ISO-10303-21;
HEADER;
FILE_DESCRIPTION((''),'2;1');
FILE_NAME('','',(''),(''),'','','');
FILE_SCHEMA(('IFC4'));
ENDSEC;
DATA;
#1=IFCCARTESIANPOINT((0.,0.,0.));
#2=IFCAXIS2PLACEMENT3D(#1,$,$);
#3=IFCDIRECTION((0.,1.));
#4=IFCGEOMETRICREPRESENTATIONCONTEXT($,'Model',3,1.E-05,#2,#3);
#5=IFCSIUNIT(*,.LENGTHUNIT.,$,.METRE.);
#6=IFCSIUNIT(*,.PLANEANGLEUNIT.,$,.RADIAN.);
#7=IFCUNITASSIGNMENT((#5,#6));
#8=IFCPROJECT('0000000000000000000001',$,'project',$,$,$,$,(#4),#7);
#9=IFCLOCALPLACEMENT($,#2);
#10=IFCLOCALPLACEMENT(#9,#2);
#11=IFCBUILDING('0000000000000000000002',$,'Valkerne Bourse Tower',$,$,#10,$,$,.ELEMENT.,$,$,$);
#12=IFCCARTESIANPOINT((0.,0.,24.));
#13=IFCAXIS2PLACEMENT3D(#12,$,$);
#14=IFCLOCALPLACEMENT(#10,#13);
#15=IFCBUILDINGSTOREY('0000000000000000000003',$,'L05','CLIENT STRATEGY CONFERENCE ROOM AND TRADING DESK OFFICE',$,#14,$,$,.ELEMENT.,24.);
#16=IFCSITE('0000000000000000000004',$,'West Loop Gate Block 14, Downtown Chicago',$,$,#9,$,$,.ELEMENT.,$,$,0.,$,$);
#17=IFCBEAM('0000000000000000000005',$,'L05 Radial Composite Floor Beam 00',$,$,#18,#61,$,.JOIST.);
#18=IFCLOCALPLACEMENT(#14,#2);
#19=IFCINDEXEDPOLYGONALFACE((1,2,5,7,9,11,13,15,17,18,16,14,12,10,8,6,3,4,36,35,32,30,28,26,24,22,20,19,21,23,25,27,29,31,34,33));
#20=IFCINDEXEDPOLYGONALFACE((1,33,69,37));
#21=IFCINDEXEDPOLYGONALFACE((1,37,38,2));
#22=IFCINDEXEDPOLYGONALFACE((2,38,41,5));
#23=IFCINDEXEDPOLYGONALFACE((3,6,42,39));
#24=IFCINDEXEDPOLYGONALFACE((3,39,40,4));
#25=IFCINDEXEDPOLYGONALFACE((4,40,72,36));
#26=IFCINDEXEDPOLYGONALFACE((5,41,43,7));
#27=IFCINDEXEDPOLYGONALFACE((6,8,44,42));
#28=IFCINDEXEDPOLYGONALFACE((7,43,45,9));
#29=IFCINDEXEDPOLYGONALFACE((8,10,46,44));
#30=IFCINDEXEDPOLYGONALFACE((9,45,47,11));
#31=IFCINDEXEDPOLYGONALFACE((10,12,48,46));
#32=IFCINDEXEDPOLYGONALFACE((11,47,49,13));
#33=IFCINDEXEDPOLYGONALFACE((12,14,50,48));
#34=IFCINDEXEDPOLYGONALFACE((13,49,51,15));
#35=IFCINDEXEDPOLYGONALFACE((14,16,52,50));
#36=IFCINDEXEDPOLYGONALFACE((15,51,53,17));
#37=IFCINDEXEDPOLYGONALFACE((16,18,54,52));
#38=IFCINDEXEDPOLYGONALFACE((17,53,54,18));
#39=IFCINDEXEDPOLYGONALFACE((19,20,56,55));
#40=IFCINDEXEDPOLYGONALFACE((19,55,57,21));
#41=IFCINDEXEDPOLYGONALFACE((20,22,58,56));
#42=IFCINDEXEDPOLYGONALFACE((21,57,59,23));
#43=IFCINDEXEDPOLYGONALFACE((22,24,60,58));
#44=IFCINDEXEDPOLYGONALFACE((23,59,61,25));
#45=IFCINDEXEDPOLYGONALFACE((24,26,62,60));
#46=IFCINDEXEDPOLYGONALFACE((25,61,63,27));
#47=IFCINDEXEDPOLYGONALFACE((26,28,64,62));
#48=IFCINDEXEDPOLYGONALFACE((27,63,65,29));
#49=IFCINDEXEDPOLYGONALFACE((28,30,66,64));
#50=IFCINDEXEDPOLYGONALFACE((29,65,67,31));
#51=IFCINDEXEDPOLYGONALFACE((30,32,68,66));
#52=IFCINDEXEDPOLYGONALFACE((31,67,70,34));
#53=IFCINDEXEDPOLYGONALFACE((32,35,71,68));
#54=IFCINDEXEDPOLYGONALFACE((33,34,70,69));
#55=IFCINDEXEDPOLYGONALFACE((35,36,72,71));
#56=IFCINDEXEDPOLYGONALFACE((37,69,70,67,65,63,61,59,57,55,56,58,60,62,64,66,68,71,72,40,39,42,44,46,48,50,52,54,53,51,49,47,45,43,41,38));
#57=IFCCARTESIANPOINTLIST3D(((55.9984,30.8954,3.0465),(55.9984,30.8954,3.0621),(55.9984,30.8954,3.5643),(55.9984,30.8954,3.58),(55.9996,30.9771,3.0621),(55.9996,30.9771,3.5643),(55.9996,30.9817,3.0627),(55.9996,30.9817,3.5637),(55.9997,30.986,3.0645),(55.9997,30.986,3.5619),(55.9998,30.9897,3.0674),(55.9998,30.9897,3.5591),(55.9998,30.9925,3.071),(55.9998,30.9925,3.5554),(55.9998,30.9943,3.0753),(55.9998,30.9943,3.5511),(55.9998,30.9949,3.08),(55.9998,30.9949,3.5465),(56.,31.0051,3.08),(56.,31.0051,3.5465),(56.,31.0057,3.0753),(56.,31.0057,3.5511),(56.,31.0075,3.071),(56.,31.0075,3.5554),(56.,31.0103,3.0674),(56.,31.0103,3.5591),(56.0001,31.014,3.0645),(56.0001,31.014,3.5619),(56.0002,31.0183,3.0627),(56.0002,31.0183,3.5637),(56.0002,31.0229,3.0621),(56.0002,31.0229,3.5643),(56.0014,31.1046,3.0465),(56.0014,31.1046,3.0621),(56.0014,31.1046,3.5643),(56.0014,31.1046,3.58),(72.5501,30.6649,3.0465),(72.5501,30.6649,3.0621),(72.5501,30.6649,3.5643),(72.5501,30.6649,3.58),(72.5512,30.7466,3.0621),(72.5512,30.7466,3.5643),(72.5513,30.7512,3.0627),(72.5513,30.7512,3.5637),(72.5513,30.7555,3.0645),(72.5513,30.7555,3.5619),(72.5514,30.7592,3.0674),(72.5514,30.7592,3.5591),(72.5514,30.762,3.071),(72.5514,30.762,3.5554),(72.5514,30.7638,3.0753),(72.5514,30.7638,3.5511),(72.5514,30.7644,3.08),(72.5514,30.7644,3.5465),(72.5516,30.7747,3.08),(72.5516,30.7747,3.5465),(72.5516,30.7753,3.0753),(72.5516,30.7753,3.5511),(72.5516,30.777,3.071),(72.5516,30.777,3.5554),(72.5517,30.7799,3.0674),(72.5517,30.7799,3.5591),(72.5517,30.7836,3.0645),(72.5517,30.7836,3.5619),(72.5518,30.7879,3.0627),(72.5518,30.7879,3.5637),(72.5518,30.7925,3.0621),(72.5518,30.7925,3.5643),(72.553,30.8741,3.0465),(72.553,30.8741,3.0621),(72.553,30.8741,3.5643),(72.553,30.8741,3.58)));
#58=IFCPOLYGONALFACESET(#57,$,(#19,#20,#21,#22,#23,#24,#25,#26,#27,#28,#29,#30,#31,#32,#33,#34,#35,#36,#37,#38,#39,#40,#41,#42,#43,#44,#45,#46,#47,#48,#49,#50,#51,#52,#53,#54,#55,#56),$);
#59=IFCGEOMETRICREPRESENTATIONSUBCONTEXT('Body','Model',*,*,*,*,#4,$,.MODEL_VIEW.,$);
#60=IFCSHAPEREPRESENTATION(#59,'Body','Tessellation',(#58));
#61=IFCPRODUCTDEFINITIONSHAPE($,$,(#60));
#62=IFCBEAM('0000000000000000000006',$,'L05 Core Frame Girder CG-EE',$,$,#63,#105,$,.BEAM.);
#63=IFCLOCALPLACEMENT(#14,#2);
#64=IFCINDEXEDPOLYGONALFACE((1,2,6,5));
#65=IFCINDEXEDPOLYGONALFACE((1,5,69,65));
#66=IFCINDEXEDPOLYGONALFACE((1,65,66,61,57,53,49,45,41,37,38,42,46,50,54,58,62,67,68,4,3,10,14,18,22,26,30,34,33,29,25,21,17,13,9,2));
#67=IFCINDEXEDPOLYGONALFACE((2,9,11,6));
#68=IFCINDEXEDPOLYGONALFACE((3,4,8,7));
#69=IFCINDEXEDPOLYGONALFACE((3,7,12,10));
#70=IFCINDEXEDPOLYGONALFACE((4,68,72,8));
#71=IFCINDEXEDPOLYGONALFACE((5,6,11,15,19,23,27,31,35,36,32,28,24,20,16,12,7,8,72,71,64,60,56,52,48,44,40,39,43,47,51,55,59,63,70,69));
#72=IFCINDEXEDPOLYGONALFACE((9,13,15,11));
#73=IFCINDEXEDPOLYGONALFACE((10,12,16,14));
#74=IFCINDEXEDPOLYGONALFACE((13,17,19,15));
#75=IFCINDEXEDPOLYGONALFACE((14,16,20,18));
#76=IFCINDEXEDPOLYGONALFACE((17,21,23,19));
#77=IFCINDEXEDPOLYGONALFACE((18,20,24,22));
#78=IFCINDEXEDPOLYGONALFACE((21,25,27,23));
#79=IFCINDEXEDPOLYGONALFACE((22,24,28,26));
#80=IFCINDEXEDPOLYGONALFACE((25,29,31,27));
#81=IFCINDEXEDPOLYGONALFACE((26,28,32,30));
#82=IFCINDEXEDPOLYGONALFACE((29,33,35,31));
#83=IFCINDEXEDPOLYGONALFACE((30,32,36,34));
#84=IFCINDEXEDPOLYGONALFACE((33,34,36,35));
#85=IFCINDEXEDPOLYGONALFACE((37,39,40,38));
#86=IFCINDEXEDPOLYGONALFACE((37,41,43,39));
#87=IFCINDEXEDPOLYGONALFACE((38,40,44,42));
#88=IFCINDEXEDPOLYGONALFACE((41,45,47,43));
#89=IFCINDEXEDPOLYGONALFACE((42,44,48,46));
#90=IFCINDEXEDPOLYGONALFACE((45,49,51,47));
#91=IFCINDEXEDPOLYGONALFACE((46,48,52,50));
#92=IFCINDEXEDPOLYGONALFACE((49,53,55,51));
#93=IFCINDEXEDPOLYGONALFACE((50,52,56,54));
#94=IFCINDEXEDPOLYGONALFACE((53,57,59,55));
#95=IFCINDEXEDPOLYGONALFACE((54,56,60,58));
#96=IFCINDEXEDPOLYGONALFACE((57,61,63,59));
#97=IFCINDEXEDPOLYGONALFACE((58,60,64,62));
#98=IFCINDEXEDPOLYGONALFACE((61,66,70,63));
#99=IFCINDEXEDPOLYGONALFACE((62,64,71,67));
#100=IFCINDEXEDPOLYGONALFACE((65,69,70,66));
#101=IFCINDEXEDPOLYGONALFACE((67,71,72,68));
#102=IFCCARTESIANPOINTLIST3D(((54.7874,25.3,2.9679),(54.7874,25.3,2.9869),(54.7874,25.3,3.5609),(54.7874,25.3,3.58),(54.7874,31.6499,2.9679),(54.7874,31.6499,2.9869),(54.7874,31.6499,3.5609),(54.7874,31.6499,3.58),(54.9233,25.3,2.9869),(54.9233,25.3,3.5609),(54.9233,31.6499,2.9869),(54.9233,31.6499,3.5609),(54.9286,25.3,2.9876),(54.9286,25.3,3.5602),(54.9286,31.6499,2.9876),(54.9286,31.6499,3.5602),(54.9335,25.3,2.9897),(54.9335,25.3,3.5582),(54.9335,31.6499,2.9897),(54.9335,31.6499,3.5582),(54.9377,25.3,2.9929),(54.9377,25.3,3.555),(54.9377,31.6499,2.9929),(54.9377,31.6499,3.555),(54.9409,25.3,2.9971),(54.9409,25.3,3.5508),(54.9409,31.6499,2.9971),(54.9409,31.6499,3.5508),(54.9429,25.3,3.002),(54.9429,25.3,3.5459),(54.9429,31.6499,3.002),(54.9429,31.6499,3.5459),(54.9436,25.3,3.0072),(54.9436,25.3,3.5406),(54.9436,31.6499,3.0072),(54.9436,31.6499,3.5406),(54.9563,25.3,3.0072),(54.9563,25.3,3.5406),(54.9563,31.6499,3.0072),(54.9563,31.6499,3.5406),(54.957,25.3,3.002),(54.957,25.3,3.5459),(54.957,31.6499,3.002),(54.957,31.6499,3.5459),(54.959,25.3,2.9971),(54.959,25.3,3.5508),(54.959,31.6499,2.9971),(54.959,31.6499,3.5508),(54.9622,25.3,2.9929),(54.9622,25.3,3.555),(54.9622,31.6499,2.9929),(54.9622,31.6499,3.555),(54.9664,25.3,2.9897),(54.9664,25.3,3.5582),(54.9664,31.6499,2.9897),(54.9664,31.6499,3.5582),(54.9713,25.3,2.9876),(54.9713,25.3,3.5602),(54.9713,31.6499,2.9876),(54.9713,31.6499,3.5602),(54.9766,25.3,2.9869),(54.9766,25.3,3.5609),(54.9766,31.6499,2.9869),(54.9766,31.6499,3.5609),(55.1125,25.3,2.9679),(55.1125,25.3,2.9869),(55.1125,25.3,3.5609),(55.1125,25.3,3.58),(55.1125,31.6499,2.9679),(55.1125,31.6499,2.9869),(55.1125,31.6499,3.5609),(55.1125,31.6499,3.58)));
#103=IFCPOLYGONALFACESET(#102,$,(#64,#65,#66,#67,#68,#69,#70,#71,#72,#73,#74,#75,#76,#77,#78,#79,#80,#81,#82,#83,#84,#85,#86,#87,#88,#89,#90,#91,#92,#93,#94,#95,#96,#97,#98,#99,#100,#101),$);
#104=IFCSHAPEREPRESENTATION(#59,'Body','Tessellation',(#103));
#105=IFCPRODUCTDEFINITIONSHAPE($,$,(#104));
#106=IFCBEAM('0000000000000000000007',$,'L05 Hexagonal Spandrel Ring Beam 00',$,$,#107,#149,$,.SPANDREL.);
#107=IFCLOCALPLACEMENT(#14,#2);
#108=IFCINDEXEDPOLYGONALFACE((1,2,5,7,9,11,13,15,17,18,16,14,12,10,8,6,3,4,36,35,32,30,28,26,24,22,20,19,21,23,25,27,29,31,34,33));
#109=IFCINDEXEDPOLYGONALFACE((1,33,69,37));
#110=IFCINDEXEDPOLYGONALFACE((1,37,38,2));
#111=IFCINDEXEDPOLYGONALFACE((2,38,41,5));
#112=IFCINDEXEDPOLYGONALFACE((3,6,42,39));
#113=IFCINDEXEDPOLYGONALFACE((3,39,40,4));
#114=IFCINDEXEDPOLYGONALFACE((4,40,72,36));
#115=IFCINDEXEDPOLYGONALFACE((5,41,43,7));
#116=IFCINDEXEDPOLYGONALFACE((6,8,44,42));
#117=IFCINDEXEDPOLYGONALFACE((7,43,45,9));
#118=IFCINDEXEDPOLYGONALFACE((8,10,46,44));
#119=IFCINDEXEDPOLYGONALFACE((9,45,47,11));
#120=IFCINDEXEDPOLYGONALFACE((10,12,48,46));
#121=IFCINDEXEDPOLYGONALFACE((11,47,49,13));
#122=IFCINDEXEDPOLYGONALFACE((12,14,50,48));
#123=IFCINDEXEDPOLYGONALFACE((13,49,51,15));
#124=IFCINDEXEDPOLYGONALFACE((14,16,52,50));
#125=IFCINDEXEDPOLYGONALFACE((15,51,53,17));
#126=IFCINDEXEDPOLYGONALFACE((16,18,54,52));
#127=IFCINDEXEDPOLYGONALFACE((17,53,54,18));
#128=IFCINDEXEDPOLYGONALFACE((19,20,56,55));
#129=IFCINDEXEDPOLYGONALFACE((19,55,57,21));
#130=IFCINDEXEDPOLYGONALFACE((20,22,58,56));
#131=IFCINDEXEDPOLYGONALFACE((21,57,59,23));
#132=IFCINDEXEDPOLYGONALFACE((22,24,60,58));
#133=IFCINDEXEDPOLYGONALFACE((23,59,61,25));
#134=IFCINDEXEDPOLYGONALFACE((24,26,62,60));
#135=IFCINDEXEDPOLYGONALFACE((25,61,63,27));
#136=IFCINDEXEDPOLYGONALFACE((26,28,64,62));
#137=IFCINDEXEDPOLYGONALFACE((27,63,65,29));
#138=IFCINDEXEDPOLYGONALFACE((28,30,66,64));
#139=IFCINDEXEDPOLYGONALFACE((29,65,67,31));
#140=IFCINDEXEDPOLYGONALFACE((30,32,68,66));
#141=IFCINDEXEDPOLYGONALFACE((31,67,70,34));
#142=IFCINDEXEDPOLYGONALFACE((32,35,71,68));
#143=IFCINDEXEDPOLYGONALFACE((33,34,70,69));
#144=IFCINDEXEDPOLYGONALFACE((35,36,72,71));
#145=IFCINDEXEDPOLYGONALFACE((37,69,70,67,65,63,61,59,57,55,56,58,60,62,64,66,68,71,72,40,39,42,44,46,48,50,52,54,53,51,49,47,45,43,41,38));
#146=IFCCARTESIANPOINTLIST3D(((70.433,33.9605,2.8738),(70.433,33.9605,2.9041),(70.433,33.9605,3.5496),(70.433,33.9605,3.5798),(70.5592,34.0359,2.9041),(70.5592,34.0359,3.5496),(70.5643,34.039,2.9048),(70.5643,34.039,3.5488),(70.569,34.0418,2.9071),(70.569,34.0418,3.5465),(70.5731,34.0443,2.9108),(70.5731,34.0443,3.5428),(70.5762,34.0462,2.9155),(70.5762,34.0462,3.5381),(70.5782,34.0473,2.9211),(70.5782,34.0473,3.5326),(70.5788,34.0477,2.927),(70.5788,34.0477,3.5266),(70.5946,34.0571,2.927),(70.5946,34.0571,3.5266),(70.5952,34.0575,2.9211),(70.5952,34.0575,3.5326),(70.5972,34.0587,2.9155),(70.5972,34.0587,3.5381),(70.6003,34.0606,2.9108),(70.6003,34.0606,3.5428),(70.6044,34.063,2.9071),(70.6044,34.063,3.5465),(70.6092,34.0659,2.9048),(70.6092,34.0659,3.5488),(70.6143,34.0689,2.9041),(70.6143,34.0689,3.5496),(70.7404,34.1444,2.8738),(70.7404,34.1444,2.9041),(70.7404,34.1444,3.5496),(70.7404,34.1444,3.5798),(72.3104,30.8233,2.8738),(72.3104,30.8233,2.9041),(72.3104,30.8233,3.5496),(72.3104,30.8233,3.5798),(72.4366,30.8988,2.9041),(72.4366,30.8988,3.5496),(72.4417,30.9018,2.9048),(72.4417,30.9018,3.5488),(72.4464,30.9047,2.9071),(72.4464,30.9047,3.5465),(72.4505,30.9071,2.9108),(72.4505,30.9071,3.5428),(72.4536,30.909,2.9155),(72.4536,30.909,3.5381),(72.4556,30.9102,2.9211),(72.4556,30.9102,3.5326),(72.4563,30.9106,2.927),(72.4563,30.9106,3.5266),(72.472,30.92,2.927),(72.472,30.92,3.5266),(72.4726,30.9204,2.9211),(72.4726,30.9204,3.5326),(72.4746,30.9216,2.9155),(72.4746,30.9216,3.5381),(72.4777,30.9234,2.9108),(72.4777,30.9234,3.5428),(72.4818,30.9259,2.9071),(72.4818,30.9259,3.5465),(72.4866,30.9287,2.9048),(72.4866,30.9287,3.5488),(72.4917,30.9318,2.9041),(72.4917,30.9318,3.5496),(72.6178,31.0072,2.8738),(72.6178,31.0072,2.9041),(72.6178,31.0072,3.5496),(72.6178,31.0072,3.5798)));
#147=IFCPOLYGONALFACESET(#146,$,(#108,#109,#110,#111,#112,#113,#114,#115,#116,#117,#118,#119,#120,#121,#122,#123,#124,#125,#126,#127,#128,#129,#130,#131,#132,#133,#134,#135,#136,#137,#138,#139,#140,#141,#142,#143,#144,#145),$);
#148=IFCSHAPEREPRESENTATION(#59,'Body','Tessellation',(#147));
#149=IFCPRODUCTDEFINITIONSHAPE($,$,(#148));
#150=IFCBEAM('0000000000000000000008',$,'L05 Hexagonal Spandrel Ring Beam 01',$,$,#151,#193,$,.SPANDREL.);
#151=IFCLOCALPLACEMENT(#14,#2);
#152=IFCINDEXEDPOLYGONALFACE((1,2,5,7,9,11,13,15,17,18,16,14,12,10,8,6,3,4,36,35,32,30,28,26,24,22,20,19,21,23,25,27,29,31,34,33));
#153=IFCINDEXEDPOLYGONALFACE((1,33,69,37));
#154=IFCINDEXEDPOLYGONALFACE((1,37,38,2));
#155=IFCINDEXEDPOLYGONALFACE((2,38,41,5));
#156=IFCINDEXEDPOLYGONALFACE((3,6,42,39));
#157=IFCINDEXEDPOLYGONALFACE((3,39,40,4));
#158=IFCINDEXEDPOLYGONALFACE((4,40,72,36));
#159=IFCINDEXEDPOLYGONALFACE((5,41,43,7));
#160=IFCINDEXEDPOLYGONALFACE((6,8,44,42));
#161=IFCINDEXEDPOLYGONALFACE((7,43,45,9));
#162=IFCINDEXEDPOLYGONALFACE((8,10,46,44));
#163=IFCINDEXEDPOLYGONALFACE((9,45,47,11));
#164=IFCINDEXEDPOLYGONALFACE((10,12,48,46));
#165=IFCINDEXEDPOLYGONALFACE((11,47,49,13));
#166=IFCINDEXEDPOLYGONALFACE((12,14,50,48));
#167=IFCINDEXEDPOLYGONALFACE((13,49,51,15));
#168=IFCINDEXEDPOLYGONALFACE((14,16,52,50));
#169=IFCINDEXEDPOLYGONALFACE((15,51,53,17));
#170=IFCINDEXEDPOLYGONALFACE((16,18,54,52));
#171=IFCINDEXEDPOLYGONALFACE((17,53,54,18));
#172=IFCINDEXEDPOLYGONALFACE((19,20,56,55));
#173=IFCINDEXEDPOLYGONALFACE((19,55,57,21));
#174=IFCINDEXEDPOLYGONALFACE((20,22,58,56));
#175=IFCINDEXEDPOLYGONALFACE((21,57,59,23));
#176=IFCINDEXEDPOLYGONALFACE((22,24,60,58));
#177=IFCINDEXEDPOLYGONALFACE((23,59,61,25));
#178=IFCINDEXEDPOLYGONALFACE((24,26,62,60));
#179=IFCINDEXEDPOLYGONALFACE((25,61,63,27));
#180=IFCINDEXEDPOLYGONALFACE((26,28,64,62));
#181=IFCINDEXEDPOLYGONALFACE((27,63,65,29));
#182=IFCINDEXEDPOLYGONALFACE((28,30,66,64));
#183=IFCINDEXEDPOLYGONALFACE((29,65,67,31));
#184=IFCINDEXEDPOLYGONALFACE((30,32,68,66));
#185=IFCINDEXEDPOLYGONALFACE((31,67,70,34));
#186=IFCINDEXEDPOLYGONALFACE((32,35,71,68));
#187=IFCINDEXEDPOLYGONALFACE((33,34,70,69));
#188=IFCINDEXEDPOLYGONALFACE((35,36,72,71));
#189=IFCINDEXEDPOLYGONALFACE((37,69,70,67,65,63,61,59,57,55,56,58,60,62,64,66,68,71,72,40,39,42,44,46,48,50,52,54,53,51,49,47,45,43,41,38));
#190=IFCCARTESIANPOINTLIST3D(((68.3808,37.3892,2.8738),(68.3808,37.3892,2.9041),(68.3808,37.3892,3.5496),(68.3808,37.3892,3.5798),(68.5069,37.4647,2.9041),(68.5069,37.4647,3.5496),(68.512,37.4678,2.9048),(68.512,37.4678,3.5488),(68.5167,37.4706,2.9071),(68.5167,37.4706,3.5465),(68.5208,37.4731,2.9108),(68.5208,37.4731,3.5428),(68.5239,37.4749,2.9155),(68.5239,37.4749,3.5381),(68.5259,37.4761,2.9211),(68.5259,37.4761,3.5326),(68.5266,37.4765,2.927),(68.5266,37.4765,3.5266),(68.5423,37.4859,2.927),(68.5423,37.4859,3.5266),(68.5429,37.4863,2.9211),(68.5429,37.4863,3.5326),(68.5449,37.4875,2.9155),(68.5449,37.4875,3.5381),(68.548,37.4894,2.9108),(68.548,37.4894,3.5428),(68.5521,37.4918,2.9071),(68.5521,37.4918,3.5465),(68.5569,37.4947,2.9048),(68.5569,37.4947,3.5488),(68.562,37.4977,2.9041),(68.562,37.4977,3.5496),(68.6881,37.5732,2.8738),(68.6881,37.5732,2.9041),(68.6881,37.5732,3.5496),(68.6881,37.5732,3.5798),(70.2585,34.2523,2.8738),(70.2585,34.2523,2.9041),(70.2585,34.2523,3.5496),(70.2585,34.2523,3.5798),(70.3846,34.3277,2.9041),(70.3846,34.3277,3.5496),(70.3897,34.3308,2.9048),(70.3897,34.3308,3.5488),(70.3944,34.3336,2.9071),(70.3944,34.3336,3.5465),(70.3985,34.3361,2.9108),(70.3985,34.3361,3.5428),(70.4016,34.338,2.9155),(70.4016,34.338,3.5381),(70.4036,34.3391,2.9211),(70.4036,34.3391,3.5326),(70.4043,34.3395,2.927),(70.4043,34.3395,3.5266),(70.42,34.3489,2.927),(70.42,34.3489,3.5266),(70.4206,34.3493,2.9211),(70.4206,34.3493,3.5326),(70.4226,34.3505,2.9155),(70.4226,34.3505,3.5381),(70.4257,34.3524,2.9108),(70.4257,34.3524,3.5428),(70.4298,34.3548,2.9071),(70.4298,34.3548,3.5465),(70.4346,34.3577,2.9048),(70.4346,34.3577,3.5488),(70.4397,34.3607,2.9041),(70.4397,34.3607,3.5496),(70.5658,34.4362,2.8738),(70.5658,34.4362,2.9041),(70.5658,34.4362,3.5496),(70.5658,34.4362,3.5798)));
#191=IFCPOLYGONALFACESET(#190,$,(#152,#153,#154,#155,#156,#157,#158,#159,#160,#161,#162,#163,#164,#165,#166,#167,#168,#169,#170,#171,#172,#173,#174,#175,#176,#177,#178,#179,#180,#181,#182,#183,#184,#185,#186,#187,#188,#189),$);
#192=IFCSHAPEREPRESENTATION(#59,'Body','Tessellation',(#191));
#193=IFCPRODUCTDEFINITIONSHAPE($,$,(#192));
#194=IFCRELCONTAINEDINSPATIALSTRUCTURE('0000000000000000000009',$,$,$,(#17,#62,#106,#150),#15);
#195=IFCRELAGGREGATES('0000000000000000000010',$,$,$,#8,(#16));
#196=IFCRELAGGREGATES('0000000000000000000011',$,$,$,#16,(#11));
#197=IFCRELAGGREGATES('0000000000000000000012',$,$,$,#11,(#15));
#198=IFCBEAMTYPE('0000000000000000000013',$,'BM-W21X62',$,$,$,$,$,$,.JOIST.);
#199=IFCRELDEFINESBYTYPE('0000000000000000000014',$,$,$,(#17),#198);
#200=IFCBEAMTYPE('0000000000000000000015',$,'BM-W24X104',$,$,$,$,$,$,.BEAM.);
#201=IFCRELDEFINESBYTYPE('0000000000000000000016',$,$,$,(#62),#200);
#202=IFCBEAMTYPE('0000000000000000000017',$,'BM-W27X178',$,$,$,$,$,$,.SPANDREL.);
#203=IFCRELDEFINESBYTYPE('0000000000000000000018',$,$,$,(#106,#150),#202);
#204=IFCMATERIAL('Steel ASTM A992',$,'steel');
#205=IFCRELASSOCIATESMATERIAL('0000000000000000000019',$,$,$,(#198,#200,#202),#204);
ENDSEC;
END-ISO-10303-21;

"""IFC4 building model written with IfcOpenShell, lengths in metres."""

from ifc_helpers import new_model, si_unit, direction, frame, origin, origin_2d, place, context, subcontext, project, spatial, i_section, extrude, material, material_profile, profile_set, type_object, element, save


model = new_model("IFC4")

# Units and contexts
model_context = context("Model", 3, precision=1e-05, world=origin(), true_north=direction((0.0, 1.0)))
body_context = subcontext(model_context, "Body", "Model", "MODEL_VIEW")
ifc_project = project(units=[si_unit("LENGTHUNIT", "METRE"), si_unit("PLANEANGLEUNIT", "RADIAN")], contexts=[model_context])

# Site, building, storey
site_placement = place(None, origin())
site = spatial("IfcSite", under=ifc_project, at=site_placement, Name="West Loop Gate Block 14, Downtown Chicago", CompositionType="ELEMENT", RefElevation=0.0)
building_placement = place(site_placement, origin())
building = spatial("IfcBuilding", under=site, at=building_placement, Name="Valkerne Bourse Tower", CompositionType="ELEMENT")
storey_placement = place(building_placement, frame((0.0, 0.0, 24.0)))
storey = spatial("IfcBuildingStorey", under=building, at=storey_placement, Name="L05", Description="CLIENT STRATEGY CONFERENCE ROOM AND TRADING DESK OFFICE", CompositionType="ELEMENT", Elevation=24.0)

# Beams
ifc_material_1 = material(Name="Steel ASTM A992", Category="steel")
ifc_material_profile_1 = material_profile(ifc_material_1, i_section(OverallWidth=0.2092, OverallDepth=0.5334, WebThickness=0.0103, FlangeThickness=0.0156, FilletRadius=0.0178, at=origin_2d()), Name="W21X62")
ifc_profile_set_1 = profile_set([ifc_material_profile_1], Name="Steel ASTM A992")
beam_type_1 = type_object("IfcBeamType", Name="BM-W21X62", PredefinedType="JOIST", material=ifc_profile_set_1)
beam_1_placement = place(storey_placement, frame((72.5515, 30.7695, 3.3132), z_axis=(-0.999903, 0.013923, 0.0), x_axis=(-0.013923, -0.999903, 0.0)))
element("IfcBeam", 1, at=beam_1_placement, inside=storey, type_object=beam_type_1, Name="L05 Radial Composite Floor Beam 00", PredefinedType="JOIST", context=body_context, shape_type="SweptSolid", body=[
    extrude(i_section(OverallWidth=0.2092, OverallDepth=0.5334, WebThickness=0.0103, FlangeThickness=0.0156, FilletRadius=0.0178, at=origin_2d()), origin(), (0.0, 0.0, 1.0), 16.5532),
])
ifc_material_profile_2 = material_profile(ifc_material_1, i_section(OverallWidth=0.3252, OverallDepth=0.6121, WebThickness=0.0127, FlangeThickness=0.019, FilletRadius=0.0203, at=origin_2d()), Name="W24X104")
ifc_profile_set_2 = profile_set([ifc_material_profile_2], Name="Steel ASTM A992")
beam_type_2 = type_object("IfcBeamType", Name="BM-W24X104", PredefinedType="BEAM", material=ifc_profile_set_2)
beam_2_placement = place(storey_placement, frame((54.95, 25.3, 3.2739), z_axis=(0.0, 1.0, 0.0), x_axis=(-1.0, 0.0, 0.0)))
element("IfcBeam", 2, at=beam_2_placement, inside=storey, type_object=beam_type_2, Name="L05 Core Frame Girder CG-EE", PredefinedType="BEAM", context=body_context, shape_type="SweptSolid", body=[
    extrude(i_section(OverallWidth=0.3252, OverallDepth=0.6121, WebThickness=0.0127, FlangeThickness=0.019, FilletRadius=0.0203, at=origin_2d()), origin(), (0.0, 0.0, 1.0), 6.3499),
])
ifc_material_profile_3 = material_profile(ifc_material_1, i_section(OverallWidth=0.3582, OverallDepth=0.7061, WebThickness=0.0183, FlangeThickness=0.0303, FilletRadius=0.0229, at=origin_2d()), Name="W27X178")
ifc_profile_set_3 = profile_set([ifc_material_profile_3], Name="Steel ASTM A992")
beam_type_3 = type_object("IfcBeamType", Name="BM-W27X178", PredefinedType="SPANDREL", material=ifc_profile_set_3)
for number, where, z_axis, x_axis, name in (
    (3, (72.4641, 30.9153, 3.2268), (-0.513513, 0.858082, 0.0), (-0.858082, -0.513513, 0.0), "L05 Hexagonal Spandrel Ring Beam 00"),
    (4, (70.4121, 34.3442, 3.2268), (-0.513592, 0.858035, 0.0), (-0.858035, -0.513592, 0.0), "L05 Hexagonal Spandrel Ring Beam 01"),
):
    element("IfcBeam", number, at=place(storey_placement, frame(where, z_axis=z_axis, x_axis=x_axis)), inside=storey, type_object=beam_type_3, Name=name, PredefinedType="SPANDREL", context=body_context, shape_type="SweptSolid", body=[
        extrude(i_section(OverallWidth=0.3582, OverallDepth=0.7061, WebThickness=0.0183, FlangeThickness=0.0303, FilletRadius=0.0229, at=origin_2d()), origin(), (0.0, 0.0, 1.0), 3.656),
    ])

save(model, "model.ifc")
